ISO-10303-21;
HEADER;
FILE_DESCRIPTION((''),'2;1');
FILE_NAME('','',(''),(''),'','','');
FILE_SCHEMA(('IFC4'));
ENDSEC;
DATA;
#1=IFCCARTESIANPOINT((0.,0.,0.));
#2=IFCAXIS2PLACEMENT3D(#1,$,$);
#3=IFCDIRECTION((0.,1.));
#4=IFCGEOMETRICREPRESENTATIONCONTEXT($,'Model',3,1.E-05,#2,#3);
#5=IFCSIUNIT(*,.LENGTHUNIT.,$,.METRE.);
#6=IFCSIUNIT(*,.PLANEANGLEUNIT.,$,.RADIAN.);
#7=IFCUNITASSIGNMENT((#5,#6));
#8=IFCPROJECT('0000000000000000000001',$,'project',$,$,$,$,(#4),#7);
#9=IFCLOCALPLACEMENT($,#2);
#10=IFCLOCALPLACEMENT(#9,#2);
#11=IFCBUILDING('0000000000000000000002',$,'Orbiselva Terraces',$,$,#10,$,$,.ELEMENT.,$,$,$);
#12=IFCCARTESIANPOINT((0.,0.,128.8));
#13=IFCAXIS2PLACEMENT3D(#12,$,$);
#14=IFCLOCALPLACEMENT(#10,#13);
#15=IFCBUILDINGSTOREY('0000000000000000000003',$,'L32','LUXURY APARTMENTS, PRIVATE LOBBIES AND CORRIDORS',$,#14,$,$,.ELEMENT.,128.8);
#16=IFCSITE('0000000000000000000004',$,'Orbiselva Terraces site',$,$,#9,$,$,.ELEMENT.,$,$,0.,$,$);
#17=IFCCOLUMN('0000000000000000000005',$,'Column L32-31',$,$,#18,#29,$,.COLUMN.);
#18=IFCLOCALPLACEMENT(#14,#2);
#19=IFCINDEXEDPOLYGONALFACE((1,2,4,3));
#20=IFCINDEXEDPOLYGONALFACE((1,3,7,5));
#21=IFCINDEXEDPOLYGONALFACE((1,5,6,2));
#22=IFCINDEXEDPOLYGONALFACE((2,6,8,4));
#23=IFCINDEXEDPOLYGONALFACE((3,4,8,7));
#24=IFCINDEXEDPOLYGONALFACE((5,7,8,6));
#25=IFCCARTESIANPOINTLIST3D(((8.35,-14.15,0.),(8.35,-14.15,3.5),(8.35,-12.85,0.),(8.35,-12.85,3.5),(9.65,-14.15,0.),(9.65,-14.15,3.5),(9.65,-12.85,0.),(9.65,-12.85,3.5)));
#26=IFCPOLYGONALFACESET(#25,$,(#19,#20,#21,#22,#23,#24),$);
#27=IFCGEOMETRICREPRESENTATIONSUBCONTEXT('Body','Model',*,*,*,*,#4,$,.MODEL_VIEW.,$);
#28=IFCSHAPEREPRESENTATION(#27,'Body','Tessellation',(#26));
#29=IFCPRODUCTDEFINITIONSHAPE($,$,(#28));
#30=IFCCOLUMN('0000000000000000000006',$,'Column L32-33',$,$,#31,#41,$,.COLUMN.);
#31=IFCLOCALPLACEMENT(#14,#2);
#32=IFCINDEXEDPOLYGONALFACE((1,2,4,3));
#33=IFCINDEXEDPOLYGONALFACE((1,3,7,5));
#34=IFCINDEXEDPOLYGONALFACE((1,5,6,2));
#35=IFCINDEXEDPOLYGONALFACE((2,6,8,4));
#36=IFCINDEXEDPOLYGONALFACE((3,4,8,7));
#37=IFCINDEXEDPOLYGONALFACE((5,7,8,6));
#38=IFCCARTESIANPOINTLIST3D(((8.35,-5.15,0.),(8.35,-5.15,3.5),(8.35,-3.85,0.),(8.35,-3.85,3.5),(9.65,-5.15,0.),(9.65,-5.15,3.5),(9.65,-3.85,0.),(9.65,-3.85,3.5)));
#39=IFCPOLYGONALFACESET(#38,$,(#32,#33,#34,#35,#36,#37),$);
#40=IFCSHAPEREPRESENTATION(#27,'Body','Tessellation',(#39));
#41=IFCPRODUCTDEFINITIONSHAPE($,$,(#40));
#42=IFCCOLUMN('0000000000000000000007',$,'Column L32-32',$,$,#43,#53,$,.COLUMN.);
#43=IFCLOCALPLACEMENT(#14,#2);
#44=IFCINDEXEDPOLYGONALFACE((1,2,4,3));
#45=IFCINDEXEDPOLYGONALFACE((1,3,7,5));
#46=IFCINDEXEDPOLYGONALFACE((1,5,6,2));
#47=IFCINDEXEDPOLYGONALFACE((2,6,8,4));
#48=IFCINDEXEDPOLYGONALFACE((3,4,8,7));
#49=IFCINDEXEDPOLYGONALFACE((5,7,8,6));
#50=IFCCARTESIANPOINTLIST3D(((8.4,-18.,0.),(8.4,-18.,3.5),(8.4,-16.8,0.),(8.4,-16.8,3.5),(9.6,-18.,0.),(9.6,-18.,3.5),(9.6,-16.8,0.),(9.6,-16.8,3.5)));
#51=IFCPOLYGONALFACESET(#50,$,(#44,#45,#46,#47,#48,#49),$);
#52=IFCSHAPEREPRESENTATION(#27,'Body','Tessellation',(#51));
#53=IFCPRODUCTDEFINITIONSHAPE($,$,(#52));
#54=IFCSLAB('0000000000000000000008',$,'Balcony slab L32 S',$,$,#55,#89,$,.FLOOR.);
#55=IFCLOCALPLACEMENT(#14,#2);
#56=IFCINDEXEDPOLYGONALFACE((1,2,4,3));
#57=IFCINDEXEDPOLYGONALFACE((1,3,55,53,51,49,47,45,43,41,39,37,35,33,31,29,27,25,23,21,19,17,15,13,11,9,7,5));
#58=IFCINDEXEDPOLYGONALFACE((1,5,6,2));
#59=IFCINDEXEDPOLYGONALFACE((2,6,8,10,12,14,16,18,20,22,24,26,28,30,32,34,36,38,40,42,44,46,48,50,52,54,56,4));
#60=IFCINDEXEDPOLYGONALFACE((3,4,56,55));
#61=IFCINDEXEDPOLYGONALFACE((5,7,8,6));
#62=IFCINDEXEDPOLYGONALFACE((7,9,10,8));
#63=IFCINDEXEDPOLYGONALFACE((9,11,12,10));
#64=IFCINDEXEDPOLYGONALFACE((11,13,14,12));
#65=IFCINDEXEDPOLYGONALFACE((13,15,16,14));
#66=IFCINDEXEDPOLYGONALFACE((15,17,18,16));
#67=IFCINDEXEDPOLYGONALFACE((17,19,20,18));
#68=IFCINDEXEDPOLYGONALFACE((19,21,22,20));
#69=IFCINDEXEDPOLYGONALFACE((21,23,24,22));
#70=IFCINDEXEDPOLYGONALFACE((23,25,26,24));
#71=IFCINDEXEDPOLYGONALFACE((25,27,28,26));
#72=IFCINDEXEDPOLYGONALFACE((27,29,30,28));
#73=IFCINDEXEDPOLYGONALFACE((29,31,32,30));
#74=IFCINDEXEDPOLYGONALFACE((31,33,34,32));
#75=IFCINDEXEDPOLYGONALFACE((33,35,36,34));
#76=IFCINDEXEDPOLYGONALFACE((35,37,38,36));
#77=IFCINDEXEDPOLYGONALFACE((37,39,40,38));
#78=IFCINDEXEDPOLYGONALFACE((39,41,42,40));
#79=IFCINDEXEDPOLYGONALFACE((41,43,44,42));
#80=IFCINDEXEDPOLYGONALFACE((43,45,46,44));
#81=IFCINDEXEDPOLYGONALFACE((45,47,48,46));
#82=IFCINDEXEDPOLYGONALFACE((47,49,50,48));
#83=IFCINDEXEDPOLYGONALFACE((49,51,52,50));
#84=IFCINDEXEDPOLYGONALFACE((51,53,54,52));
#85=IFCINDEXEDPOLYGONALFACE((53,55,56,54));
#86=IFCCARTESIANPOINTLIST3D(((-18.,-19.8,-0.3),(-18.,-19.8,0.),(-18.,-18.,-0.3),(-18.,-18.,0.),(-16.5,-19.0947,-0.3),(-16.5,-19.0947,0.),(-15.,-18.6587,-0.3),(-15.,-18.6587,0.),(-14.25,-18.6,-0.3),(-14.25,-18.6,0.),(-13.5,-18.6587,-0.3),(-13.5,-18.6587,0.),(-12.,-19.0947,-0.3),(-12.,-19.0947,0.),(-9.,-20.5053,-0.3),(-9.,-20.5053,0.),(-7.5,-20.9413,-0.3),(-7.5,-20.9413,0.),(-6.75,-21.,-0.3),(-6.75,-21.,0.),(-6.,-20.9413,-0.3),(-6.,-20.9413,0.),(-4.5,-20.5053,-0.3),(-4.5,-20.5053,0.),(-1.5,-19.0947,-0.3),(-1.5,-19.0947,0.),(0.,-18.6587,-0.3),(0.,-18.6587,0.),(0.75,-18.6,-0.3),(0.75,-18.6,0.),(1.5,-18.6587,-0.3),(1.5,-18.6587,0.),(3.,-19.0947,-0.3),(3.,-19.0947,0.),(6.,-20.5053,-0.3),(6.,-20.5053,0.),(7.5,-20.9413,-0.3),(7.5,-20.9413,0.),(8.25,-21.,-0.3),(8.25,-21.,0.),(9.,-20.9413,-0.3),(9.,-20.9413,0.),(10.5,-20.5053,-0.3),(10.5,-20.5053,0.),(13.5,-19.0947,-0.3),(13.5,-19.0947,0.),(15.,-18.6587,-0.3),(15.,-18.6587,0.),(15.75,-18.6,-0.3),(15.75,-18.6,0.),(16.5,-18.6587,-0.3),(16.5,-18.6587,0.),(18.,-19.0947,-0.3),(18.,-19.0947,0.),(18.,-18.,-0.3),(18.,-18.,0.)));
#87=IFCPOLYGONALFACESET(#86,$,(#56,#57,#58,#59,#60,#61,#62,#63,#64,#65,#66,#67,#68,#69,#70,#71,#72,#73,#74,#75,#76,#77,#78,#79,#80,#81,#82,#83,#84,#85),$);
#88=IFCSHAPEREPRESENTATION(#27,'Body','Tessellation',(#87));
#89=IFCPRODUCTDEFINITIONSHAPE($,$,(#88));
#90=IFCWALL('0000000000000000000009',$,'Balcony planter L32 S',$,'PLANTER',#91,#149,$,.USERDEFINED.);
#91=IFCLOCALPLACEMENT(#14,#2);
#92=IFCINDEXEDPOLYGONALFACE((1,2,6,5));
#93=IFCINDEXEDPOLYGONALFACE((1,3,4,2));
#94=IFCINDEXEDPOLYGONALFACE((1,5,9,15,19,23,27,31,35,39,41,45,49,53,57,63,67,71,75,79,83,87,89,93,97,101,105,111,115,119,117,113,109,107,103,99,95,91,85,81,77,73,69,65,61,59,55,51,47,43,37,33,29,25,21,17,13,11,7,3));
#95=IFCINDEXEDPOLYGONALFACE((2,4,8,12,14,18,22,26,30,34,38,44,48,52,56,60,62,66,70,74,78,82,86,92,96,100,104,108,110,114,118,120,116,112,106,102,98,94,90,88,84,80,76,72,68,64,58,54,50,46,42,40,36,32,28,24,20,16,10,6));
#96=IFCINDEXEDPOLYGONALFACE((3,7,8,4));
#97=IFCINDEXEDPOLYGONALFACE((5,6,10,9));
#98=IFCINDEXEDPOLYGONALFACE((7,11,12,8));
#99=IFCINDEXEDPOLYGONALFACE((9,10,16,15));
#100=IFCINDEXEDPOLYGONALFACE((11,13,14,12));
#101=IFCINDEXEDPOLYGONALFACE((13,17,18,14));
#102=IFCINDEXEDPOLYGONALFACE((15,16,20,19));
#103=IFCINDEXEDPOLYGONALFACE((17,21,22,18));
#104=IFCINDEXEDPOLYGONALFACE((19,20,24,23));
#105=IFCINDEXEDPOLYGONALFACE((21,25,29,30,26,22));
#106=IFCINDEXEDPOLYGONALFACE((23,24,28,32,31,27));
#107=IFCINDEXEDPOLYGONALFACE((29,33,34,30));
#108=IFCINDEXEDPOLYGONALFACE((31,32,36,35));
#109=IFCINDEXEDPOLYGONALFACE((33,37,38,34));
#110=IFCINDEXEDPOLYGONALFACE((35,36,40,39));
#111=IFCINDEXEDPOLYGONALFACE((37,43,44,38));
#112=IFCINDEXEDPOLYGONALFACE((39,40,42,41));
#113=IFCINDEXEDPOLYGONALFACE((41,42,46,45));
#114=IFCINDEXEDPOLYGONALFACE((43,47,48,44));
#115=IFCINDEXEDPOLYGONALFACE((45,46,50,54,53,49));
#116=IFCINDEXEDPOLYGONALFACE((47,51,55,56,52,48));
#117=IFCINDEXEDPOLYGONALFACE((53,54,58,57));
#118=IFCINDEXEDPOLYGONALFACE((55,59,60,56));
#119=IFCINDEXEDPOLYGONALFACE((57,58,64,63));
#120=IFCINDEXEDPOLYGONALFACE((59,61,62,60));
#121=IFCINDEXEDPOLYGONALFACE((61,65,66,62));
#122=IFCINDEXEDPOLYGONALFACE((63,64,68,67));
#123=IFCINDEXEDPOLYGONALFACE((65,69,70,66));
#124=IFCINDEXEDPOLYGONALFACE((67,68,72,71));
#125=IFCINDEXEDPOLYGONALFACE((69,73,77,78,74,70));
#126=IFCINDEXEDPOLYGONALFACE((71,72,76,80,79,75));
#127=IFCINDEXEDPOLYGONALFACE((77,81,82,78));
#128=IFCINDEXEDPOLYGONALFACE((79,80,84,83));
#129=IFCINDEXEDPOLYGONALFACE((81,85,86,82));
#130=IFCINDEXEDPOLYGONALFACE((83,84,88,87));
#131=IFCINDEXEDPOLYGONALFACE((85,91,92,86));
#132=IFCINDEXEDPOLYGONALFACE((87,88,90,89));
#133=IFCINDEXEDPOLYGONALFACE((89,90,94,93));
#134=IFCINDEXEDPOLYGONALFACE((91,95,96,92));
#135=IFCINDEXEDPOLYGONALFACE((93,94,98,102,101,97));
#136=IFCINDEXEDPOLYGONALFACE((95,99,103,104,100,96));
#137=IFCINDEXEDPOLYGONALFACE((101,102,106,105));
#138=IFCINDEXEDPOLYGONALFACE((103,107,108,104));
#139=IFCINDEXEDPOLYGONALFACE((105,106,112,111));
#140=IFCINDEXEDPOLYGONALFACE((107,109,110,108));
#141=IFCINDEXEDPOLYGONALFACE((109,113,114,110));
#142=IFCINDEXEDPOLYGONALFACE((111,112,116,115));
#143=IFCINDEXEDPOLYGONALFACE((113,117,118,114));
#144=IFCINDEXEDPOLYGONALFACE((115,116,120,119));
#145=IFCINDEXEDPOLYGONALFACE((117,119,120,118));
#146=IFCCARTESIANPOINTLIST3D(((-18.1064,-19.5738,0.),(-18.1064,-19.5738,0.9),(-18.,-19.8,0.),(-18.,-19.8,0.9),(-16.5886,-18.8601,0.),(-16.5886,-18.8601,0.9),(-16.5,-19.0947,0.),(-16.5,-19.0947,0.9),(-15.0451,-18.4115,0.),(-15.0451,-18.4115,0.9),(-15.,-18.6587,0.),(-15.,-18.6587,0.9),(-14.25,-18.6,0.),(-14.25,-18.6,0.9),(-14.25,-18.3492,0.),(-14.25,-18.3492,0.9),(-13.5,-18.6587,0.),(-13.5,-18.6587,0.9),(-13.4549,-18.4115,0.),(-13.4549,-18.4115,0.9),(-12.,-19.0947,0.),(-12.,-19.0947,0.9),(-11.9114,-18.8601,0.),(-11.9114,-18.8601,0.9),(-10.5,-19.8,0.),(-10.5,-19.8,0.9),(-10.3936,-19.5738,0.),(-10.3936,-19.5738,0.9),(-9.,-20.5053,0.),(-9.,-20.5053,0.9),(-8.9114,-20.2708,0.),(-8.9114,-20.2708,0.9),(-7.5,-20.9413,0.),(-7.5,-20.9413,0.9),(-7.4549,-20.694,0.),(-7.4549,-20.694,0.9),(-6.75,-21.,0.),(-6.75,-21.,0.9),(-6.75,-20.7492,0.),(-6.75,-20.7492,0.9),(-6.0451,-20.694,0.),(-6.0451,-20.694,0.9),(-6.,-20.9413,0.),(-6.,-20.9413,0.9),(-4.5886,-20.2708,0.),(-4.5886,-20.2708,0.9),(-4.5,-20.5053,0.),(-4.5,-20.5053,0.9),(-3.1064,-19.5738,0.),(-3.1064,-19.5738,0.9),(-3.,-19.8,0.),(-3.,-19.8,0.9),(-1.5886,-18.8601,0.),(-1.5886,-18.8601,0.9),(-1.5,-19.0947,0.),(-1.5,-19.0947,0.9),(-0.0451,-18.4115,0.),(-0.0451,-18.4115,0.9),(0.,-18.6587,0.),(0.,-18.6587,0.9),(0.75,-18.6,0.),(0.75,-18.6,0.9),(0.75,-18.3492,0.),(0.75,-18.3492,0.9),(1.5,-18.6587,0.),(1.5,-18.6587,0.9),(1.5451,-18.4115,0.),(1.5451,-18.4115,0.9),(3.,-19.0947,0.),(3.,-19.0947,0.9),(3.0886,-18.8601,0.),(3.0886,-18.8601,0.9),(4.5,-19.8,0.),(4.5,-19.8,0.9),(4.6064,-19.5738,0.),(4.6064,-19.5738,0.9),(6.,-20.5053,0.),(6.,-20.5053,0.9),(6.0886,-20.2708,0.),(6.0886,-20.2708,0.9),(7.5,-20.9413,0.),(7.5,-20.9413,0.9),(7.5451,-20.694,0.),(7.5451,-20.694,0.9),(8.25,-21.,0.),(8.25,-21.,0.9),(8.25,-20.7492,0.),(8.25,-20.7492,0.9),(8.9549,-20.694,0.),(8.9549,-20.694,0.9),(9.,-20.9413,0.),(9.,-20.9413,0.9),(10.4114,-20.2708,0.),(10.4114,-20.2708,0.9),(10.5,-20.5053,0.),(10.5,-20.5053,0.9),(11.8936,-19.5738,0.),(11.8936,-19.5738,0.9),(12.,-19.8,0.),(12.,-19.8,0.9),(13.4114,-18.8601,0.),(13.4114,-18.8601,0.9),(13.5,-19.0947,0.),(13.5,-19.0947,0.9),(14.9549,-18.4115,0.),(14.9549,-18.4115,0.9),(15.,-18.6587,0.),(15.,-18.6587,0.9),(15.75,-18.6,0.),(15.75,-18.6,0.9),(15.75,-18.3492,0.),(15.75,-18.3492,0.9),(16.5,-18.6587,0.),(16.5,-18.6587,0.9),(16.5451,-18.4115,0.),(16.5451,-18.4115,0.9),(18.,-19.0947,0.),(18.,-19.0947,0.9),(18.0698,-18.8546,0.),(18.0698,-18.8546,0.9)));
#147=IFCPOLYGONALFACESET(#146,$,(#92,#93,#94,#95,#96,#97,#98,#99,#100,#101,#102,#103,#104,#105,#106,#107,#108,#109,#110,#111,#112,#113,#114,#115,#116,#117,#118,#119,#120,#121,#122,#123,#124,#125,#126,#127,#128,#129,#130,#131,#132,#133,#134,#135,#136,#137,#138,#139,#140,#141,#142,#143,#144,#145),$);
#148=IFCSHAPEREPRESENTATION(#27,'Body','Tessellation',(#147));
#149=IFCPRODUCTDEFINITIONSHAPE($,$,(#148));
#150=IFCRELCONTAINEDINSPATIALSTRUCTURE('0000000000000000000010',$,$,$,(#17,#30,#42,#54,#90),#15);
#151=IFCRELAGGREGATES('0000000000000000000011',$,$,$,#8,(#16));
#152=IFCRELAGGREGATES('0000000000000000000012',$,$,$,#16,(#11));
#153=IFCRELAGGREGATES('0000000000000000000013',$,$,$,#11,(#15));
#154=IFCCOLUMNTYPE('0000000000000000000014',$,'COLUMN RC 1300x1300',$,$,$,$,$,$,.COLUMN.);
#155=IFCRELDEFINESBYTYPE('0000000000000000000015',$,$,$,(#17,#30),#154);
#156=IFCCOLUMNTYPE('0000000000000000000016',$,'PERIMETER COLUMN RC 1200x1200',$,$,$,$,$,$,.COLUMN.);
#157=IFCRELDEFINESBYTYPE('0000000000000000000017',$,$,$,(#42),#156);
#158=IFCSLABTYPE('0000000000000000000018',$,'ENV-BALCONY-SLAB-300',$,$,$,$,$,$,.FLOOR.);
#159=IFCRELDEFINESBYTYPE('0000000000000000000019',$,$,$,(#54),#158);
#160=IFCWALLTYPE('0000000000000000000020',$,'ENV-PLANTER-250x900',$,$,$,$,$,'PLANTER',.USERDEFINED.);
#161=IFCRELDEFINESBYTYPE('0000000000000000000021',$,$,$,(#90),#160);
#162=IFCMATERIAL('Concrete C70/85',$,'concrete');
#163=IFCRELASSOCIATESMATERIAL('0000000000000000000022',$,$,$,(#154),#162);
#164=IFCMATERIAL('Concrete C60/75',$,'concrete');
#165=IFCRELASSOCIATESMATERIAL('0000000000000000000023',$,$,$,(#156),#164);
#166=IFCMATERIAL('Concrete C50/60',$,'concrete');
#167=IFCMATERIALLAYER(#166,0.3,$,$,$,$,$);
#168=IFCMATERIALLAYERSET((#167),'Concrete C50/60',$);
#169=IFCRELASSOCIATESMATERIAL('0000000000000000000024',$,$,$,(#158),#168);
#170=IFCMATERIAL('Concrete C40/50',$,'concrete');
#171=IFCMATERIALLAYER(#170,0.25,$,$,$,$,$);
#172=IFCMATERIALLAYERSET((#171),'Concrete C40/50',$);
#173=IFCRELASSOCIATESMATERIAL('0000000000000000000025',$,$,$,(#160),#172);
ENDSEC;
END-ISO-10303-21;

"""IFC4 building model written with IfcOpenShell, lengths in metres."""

from ifc_helpers import new_model, si_unit, direction, frame, origin, origin_2d, place, context, subcontext, project, spatial, polyline, rectangle, outline, extrude, material, layer, layer_set, material_profile, profile_set, type_object, element, save


model = new_model("IFC4")

# Units and contexts
model_context = context("Model", 3, precision=1e-05, world=origin(), true_north=direction((0.0, 1.0)))
body_context = subcontext(model_context, "Body", "Model", "MODEL_VIEW")
ifc_project = project(units=[si_unit("LENGTHUNIT", "METRE"), si_unit("PLANEANGLEUNIT", "RADIAN")], contexts=[model_context])

# Site, building, storey
site_placement = place(None, origin())
site = spatial("IfcSite", under=ifc_project, at=site_placement, Name="Orbiselva Terraces site", CompositionType="ELEMENT", RefElevation=0.0)
building_placement = place(site_placement, origin())
building = spatial("IfcBuilding", under=site, at=building_placement, Name="Orbiselva Terraces", CompositionType="ELEMENT")
storey_placement = place(building_placement, frame((0.0, 0.0, 128.8)))
storey = spatial("IfcBuildingStorey", under=building, at=storey_placement, Name="L32", Description="LUXURY APARTMENTS, PRIVATE LOBBIES AND CORRIDORS", CompositionType="ELEMENT", Elevation=128.8)

# Columns
ifc_material_1 = material(Name="Concrete C70/85", Category="concrete")
ifc_material_profile_1 = material_profile(ifc_material_1, rectangle(XDim=1.3, YDim=1.3, at=origin_2d()), Name="RC 1300x1300")
ifc_profile_set_1 = profile_set([ifc_material_profile_1], Name="Concrete C70/85")
column_type_1 = type_object("IfcColumnType", Name="COLUMN RC 1300x1300", PredefinedType="COLUMN", material=ifc_profile_set_1)
for number, where, z_axis, x_axis, name in (
    (1, (9.0, -13.5, 0.0), (0.0, 0.0, 1.0), (1.0, 0.0, 0.0), "Column L32-31"),
    (2, (9.0, -4.5, 0.0), (0.0, 0.0, 1.0), (1.0, 0.0, 0.0), "Column L32-33"),
):
    element("IfcColumn", number, at=place(storey_placement, frame(where, z_axis=z_axis, x_axis=x_axis)), inside=storey, type_object=column_type_1, Name=name, PredefinedType="COLUMN", context=body_context, shape_type="SweptSolid", body=[
        extrude(rectangle(XDim=1.3, YDim=1.3, at=origin_2d()), origin(), (0.0, 0.0, 1.0), 3.5),
    ])
ifc_material_2 = material(Name="Concrete C60/75", Category="concrete")
ifc_material_profile_2 = material_profile(ifc_material_2, rectangle(XDim=1.2, YDim=1.2, at=origin_2d()), Name="RC 1200x1200")
ifc_profile_set_2 = profile_set([ifc_material_profile_2], Name="Concrete C60/75")
column_type_2 = type_object("IfcColumnType", Name="PERIMETER COLUMN RC 1200x1200", PredefinedType="COLUMN", material=ifc_profile_set_2)
column_placement = place(storey_placement, frame((9.0, -17.4, 0.0), z_axis=(0.0, 0.0, 1.0), x_axis=(1.0, 0.0, 0.0)))
element("IfcColumn", 3, at=column_placement, inside=storey, type_object=column_type_2, Name="Column L32-32", PredefinedType="COLUMN", context=body_context, shape_type="SweptSolid", body=[
    extrude(rectangle(XDim=1.2, YDim=1.2, at=origin_2d()), origin(), (0.0, 0.0, 1.0), 3.5),
])

# Slab
ifc_material_3 = material(Name="Concrete C50/60", Category="concrete")
ifc_layer_1 = layer(ifc_material_3, 0.3)
ifc_layer_set_1 = layer_set([ifc_layer_1], Name="Concrete C50/60")
slab_type = type_object("IfcSlabType", Name="ENV-BALCONY-SLAB-300", PredefinedType="FLOOR", material=ifc_layer_set_1)
slab_placement = place(storey_placement, frame((0.0, 0.0, -0.3)))
element("IfcSlab", 4, at=slab_placement, inside=storey, type_object=slab_type, Name="Balcony slab L32 S", PredefinedType="FLOOR", context=body_context, shape_type="SweptSolid", body=[
    extrude(outline(polyline([(-18.0, -19.8), (-16.5, -19.0947), (-15.0, -18.6587), (-14.25, -18.6), (-13.5, -18.6587), (-12.0, -19.0947), (-9.0, -20.5053), (-7.5, -20.9413), (-6.75, -21.0), (-6.0, -20.9413), (-4.5, -20.5053), (-1.5, -19.0947), (0.0, -18.6587), (0.75, -18.6), (1.5, -18.6587), (3.0, -19.0947), (6.0, -20.5053), (7.5, -20.9413), (8.25, -21.0), (9.0, -20.9413), (10.5, -20.5053), (13.5, -19.0947), (15.0, -18.6587), (15.75, -18.6), (16.5, -18.6587), (18.0, -19.0947), (18.0, -18.0), (-18.0, -18.0), (-18.0, -19.8)])), origin(), (0.0, 0.0, 1.0), 0.3),
])

# Wall
ifc_material_4 = material(Name="Concrete C40/50", Category="concrete")
ifc_layer_2 = layer(ifc_material_4, 0.25)
ifc_layer_set_2 = layer_set([ifc_layer_2], Name="Concrete C40/50")
wall_type_1 = type_object("IfcWallType", Name="ENV-PLANTER-250x900", ElementType="PLANTER", PredefinedType="USERDEFINED", material=ifc_layer_set_2)
wall_1_placement = place(storey_placement, origin())
element("IfcWall", 5, at=wall_1_placement, inside=storey, type_object=wall_type_1, Name="Balcony planter L32 S", ObjectType="PLANTER", PredefinedType="USERDEFINED", context=body_context, shape_type="SweptSolid", body=[
    extrude(outline(polyline([(-18.0, -19.8), (-16.5, -19.0947), (-15.0, -18.6587), (-14.25, -18.6), (-13.5, -18.6587), (-12.0, -19.0947), (-10.5, -19.8), (-9.0, -20.5053), (-7.5, -20.9413), (-6.75, -21.0), (-6.0, -20.9413), (-4.5, -20.5053), (-3.0, -19.8), (-1.5, -19.0947), (0.0, -18.6587), (0.75, -18.6), (1.5, -18.6587), (3.0, -19.0947), (4.5, -19.8), (6.0, -20.5053), (7.5, -20.9413), (8.25, -21.0), (9.0, -20.9413), (10.5, -20.5053), (12.0, -19.8), (13.5, -19.0947), (15.0, -18.6587), (15.75, -18.6), (16.5, -18.6587), (18.0, -19.0947), (18.0698, -18.8546), (16.5451, -18.4115), (15.75, -18.3492), (14.9549, -18.4115), (13.4114, -18.8601), (11.8936, -19.5738), (10.4114, -20.2708), (8.9549, -20.694), (8.25, -20.7492), (7.5451, -20.694), (6.0886, -20.2708), (4.6064, -19.5738), (3.0886, -18.8601), (1.5451, -18.4115), (0.75, -18.3492), (-0.0451, -18.4115), (-1.5886, -18.8601), (-3.1064, -19.5738), (-4.5886, -20.2708), (-6.0451, -20.694), (-6.75, -20.7492), (-7.4549, -20.694), (-8.9114, -20.2708), (-10.3936, -19.5738), (-11.9114, -18.8601), (-13.4549, -18.4115), (-14.25, -18.3492), (-15.0451, -18.4115), (-16.5886, -18.8601), (-18.1064, -19.5738), (-18.0, -19.8)])), origin(), (0.0, 0.0, 1.0), 0.9),
])

save(model, "model.ifc")
